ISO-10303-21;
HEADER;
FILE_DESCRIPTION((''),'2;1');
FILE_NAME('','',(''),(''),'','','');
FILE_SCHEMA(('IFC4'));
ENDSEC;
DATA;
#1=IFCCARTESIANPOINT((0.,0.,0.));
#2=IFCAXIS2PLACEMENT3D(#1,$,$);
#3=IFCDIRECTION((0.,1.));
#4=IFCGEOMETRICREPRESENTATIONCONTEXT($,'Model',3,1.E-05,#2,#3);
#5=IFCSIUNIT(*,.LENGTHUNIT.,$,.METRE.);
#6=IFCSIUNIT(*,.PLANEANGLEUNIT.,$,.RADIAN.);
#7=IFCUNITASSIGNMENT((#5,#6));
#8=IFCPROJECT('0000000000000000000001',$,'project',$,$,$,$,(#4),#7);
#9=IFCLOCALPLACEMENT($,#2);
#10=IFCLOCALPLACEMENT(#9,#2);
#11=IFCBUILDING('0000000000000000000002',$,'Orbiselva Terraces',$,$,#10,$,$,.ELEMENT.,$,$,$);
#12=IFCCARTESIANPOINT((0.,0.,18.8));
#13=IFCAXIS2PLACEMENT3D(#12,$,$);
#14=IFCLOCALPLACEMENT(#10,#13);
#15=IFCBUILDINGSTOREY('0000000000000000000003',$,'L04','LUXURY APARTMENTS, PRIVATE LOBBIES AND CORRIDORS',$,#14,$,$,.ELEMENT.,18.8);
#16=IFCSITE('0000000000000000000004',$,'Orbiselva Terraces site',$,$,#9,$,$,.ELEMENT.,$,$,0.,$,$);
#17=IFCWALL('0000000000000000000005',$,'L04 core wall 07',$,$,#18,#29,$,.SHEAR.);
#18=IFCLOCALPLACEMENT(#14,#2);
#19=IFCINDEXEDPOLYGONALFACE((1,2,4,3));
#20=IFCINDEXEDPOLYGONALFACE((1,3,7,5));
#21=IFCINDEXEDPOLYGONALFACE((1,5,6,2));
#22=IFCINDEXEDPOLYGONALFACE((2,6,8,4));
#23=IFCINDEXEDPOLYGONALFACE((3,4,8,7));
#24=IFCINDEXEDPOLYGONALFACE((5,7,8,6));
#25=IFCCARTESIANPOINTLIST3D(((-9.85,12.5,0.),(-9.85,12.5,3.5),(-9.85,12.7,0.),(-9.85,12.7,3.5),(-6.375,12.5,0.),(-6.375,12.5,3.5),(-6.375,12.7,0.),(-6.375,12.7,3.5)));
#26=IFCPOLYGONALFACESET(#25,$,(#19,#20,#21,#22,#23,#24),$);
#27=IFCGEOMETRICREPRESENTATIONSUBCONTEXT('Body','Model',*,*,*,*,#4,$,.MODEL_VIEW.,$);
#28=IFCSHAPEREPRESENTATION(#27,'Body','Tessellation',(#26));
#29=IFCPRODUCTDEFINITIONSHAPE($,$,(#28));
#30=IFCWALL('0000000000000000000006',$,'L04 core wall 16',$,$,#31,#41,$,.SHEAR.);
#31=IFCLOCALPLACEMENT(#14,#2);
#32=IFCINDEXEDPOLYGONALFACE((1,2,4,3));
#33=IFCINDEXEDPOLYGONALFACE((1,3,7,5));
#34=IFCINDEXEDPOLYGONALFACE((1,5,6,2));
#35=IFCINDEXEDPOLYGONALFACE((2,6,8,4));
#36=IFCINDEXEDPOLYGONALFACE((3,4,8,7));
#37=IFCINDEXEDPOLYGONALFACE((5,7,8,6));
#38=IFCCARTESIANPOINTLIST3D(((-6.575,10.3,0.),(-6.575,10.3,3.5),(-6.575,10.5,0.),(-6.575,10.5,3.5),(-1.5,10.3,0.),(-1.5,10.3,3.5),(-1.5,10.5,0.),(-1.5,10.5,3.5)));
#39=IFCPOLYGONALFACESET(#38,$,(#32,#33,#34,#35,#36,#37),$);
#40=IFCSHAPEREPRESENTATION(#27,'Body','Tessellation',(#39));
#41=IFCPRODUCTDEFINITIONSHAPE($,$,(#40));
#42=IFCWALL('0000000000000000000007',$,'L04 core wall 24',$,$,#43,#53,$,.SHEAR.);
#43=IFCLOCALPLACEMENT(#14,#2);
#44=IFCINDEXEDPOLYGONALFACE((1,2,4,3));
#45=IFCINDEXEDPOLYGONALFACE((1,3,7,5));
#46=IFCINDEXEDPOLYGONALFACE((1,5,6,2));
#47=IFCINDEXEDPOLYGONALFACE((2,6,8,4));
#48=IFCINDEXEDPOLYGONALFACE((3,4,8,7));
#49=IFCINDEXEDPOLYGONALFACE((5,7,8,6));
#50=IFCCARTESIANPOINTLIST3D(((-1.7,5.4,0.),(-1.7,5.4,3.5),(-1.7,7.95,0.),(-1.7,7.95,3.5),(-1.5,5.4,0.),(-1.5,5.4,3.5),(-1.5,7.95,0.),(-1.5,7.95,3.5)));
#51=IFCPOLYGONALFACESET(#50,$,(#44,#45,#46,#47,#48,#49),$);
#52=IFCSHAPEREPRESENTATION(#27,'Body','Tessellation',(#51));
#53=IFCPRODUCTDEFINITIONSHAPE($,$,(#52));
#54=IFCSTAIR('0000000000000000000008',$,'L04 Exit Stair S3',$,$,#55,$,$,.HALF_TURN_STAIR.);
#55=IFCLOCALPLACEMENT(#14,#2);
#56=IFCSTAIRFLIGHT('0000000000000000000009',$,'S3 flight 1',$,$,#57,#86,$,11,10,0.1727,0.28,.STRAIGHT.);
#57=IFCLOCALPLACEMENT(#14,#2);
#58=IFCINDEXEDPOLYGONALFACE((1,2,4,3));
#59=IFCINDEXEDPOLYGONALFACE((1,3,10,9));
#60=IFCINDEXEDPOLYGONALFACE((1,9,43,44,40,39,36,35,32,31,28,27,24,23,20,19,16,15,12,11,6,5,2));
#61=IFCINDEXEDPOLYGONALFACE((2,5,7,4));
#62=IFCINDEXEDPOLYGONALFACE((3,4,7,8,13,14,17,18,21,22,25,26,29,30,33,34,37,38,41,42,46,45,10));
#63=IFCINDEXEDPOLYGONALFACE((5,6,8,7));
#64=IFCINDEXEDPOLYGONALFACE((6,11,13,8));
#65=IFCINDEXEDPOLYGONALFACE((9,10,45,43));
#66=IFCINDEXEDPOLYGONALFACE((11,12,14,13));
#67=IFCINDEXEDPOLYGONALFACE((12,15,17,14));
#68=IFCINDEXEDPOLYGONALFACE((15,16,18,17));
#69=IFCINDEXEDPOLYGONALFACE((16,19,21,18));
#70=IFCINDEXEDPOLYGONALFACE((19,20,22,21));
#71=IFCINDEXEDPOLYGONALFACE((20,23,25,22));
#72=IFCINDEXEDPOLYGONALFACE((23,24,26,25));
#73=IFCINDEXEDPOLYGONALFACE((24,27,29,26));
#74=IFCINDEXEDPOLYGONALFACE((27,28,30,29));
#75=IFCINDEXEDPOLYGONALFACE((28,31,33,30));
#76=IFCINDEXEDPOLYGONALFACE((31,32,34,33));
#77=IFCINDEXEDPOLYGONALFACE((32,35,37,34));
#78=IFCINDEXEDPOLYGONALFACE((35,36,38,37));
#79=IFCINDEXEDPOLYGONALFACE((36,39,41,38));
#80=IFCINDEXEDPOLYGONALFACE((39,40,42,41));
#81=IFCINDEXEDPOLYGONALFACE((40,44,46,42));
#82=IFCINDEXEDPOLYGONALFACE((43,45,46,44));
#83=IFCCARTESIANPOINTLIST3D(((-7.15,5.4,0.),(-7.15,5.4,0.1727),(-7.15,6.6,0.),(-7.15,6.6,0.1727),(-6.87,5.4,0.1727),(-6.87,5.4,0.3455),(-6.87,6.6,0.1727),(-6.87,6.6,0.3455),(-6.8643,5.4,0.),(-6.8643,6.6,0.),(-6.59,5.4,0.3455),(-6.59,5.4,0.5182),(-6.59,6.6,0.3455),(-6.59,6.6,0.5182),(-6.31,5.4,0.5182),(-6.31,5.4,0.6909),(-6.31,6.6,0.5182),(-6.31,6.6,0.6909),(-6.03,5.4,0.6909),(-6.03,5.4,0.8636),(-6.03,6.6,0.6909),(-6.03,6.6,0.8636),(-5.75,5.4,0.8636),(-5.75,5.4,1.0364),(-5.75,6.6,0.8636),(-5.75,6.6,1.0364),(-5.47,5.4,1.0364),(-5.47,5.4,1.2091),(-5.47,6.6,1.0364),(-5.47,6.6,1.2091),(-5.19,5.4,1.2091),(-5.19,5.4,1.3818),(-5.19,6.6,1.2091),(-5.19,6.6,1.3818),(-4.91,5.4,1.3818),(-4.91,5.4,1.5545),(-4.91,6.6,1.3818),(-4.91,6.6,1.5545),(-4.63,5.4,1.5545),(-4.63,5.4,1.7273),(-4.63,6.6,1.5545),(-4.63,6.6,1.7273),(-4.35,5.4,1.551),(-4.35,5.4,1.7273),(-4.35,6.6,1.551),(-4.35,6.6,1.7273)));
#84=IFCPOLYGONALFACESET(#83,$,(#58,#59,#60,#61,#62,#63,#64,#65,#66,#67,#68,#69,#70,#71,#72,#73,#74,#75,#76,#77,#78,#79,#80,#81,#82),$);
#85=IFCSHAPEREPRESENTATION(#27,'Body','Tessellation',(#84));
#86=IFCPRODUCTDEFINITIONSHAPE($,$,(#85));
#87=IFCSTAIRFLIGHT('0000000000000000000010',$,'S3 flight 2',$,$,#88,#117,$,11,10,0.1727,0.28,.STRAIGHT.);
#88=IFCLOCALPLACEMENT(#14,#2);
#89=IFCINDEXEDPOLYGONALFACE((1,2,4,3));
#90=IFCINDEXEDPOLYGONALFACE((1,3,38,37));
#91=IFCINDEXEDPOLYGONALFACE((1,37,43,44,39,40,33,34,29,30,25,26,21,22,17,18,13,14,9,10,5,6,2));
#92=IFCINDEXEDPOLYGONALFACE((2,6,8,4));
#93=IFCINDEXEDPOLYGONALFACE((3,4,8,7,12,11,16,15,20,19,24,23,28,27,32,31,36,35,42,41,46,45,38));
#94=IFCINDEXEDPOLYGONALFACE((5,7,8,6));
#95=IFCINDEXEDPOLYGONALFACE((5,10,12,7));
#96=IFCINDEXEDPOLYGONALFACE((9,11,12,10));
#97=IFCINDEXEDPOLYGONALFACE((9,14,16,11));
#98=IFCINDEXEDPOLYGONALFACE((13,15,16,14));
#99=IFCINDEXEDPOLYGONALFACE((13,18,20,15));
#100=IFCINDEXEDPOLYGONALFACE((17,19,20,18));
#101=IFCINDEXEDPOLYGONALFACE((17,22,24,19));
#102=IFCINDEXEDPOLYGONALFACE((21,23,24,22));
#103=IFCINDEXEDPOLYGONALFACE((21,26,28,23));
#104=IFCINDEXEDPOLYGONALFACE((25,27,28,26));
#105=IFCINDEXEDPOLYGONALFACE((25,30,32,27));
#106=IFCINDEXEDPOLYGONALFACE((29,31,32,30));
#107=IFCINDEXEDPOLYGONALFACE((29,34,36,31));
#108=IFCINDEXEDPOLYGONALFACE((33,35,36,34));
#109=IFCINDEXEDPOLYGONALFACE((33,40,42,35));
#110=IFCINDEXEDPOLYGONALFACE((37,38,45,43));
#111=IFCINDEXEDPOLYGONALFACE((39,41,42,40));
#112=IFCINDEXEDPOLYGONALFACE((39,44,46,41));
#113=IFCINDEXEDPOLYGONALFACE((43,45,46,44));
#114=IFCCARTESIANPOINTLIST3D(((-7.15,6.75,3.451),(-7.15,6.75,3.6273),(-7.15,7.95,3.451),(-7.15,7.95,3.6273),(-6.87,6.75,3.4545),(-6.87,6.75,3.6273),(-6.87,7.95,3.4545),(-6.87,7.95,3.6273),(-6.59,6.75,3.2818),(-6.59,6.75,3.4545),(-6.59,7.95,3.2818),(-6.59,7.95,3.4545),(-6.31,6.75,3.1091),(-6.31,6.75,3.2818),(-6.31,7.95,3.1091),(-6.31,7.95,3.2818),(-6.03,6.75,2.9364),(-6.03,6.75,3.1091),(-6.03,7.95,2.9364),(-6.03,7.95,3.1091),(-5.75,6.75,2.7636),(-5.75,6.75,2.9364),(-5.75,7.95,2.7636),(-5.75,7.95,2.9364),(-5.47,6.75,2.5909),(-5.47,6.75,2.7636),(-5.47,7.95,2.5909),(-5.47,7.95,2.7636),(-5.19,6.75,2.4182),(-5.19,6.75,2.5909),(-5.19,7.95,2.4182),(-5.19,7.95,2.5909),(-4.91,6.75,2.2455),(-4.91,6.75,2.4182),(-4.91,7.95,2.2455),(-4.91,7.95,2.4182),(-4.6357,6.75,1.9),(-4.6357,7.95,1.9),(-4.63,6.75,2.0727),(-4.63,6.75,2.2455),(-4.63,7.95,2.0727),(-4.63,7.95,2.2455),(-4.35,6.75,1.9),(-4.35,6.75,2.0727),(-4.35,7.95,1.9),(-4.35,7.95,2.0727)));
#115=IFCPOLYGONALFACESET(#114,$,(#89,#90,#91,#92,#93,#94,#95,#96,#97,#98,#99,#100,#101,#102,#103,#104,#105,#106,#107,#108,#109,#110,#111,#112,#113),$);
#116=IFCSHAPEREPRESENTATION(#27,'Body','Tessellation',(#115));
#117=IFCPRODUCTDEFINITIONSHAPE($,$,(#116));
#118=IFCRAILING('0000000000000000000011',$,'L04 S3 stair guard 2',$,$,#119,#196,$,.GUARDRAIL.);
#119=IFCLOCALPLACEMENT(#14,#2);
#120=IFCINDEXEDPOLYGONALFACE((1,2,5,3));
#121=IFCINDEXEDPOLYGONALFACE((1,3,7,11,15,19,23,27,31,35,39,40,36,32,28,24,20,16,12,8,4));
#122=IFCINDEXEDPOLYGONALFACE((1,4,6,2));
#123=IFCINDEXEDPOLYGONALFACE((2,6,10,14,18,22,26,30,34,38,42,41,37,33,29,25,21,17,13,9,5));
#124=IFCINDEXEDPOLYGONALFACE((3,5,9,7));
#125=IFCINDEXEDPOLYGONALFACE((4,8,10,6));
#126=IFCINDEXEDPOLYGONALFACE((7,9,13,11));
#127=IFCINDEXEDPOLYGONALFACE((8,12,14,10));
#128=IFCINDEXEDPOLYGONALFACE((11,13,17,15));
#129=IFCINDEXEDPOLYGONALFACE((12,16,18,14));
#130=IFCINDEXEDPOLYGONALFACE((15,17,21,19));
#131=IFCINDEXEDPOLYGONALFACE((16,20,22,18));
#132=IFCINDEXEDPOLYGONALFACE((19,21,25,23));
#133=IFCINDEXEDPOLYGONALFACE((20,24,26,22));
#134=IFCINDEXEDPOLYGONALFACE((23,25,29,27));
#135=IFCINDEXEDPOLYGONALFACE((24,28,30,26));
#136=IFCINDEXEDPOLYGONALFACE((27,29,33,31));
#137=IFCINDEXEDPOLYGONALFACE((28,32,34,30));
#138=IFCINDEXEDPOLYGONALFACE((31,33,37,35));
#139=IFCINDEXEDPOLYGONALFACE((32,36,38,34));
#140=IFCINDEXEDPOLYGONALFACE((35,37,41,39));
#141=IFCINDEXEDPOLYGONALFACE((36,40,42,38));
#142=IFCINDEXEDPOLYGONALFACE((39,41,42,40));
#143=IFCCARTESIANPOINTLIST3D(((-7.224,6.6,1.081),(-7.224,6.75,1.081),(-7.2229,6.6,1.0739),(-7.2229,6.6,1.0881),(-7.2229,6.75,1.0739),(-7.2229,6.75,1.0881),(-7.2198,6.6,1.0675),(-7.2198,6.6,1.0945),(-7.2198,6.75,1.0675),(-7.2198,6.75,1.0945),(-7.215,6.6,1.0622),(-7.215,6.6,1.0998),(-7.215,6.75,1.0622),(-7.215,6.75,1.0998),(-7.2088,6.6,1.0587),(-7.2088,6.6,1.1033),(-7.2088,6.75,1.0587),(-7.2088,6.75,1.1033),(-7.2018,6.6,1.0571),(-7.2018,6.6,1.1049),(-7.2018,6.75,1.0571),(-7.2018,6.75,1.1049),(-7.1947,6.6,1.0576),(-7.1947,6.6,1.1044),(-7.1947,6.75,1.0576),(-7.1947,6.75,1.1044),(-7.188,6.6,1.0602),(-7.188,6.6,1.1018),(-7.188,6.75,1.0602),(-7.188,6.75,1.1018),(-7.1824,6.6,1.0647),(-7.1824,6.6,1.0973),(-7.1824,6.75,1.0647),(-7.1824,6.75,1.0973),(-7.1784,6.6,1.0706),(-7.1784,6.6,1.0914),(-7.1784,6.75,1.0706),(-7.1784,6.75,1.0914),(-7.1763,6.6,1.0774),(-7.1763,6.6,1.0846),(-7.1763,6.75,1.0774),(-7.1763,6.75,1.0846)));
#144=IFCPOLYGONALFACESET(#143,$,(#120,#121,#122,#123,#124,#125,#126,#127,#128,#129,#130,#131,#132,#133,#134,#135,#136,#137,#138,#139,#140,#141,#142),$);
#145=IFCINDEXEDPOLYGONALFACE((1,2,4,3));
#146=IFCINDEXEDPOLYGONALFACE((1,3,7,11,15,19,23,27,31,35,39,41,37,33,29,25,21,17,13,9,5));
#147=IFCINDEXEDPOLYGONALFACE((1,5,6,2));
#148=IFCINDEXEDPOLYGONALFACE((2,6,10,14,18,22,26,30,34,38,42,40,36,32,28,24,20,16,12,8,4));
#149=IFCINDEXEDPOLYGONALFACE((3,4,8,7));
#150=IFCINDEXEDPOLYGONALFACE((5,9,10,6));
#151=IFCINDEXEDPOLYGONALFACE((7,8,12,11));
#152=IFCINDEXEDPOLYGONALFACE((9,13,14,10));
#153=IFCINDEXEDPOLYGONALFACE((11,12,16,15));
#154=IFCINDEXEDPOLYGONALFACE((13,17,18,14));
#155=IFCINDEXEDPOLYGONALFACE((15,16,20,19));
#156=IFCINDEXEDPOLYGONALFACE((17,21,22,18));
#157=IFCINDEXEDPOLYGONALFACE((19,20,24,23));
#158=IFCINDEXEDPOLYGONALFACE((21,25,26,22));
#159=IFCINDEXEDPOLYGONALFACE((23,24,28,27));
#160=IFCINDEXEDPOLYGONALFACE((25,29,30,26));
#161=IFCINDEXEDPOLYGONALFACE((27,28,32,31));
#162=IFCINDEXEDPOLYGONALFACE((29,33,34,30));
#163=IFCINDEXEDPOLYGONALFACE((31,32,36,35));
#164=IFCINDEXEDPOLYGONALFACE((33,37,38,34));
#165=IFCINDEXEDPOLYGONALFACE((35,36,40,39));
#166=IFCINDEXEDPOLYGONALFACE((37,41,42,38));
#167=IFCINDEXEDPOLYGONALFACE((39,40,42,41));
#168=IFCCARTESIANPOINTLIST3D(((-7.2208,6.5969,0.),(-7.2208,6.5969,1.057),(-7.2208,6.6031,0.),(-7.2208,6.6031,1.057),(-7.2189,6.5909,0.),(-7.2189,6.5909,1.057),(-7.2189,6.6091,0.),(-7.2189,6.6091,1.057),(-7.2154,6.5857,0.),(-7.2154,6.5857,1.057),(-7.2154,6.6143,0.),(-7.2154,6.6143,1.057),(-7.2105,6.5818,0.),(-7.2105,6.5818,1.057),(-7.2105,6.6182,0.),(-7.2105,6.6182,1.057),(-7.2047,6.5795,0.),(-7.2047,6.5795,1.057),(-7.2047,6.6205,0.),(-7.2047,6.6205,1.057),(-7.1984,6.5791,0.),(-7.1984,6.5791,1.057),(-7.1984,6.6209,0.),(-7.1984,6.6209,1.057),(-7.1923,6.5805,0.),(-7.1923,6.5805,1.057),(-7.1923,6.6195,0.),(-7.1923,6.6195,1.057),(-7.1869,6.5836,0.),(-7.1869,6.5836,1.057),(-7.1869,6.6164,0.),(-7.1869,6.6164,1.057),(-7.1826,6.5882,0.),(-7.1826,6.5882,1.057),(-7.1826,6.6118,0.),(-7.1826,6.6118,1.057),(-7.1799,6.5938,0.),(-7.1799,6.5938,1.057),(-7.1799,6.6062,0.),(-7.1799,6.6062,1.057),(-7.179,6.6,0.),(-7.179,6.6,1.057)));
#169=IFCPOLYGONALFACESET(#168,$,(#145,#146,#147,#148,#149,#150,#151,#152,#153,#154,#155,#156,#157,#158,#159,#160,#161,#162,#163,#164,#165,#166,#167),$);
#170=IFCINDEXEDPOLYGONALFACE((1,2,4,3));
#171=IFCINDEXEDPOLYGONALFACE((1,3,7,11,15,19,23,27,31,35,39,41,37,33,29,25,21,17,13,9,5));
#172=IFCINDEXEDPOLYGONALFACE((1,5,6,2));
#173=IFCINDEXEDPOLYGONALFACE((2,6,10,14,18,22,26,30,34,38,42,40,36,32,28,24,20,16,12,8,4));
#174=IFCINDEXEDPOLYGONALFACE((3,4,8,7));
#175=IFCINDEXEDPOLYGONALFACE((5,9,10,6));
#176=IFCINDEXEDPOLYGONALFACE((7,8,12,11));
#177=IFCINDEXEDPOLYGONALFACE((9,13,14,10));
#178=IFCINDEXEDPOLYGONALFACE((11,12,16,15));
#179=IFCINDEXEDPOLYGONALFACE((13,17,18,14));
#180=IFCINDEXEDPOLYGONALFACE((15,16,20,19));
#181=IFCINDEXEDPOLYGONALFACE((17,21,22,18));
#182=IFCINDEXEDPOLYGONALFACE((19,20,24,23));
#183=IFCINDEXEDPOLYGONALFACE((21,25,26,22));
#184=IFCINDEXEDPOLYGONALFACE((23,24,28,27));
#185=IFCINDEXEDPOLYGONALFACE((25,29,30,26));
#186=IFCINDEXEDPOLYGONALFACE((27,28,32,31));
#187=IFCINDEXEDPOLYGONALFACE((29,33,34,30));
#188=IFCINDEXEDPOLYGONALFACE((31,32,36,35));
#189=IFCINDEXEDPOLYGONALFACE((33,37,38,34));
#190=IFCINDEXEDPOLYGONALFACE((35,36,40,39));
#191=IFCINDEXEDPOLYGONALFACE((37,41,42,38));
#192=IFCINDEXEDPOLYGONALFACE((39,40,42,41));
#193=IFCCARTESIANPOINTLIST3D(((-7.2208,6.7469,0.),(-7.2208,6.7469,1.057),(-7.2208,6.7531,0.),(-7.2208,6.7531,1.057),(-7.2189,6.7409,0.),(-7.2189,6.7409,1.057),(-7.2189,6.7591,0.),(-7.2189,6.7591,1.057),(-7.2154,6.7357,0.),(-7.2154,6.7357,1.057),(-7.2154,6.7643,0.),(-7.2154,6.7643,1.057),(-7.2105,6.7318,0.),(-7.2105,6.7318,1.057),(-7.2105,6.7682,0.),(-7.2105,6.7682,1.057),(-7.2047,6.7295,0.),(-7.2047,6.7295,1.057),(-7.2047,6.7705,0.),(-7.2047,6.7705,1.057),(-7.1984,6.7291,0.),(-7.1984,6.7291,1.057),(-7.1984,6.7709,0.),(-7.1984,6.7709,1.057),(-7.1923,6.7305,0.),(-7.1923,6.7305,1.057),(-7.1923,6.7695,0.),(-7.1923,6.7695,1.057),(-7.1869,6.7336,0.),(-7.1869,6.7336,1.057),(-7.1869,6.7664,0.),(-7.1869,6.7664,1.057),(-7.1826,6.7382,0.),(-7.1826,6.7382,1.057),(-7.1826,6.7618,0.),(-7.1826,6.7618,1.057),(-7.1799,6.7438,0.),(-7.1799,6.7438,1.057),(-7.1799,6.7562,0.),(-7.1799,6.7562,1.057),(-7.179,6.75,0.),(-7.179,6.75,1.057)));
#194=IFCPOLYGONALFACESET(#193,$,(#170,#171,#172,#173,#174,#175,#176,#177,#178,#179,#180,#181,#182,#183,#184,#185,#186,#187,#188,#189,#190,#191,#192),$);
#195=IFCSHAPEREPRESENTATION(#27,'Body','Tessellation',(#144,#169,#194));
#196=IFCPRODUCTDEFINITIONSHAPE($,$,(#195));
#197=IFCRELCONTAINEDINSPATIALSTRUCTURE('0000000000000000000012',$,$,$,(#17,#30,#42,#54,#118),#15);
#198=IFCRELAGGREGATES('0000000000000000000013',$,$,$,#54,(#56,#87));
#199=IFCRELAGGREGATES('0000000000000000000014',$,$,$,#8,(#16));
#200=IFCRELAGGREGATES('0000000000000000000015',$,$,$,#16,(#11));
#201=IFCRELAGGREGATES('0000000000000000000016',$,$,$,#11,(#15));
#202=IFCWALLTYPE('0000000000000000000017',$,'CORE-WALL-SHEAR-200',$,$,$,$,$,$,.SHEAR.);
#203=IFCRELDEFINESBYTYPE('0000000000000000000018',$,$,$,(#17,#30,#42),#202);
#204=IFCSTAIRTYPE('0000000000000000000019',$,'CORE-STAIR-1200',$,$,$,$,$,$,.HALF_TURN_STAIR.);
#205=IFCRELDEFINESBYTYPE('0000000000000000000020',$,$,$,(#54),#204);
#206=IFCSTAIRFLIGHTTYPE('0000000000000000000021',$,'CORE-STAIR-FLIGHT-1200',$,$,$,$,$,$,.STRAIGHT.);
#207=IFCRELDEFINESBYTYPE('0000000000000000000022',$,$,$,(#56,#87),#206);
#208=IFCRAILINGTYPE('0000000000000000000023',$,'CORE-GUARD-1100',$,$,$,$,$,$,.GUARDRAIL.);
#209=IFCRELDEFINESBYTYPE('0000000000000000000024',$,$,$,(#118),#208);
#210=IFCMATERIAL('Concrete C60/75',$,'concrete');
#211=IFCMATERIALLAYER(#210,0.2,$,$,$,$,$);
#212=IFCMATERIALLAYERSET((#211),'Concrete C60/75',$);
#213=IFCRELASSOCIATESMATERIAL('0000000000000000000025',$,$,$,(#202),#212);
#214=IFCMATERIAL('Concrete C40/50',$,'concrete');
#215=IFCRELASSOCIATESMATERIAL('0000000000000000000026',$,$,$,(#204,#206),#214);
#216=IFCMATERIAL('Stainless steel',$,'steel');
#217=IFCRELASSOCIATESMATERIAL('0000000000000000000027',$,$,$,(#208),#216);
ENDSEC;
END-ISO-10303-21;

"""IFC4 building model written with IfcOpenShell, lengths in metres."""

from ifc_helpers import new_model, si_unit, direction, frame, frame_2d, origin, origin_2d, place, context, subcontext, project, spatial, polyline, rectangle, circle, outline, extrude, material, layer, layer_set, type_object, element, aggregate, save


model = new_model("IFC4")

# Units and contexts
model_context = context("Model", 3, precision=1e-05, world=origin(), true_north=direction((0.0, 1.0)))
body_context = subcontext(model_context, "Body", "Model", "MODEL_VIEW")
ifc_project = project(units=[si_unit("LENGTHUNIT", "METRE"), si_unit("PLANEANGLEUNIT", "RADIAN")], contexts=[model_context])

# Site, building, storey
site_placement = place(None, origin())
site = spatial("IfcSite", under=ifc_project, at=site_placement, Name="Orbiselva Terraces site", CompositionType="ELEMENT", RefElevation=0.0)
building_placement = place(site_placement, origin())
building = spatial("IfcBuilding", under=site, at=building_placement, Name="Orbiselva Terraces", CompositionType="ELEMENT")
storey_placement = place(building_placement, frame((0.0, 0.0, 18.8)))
storey = spatial("IfcBuildingStorey", under=building, at=storey_placement, Name="L04", Description="LUXURY APARTMENTS, PRIVATE LOBBIES AND CORRIDORS", CompositionType="ELEMENT", Elevation=18.8)

# Walls
ifc_material_1 = material(Name="Concrete C60/75", Category="concrete")
ifc_layer_1 = layer(ifc_material_1, 0.2)
ifc_layer_set_1 = layer_set([ifc_layer_1], Name="Concrete C60/75")
wall_type_1 = type_object("IfcWallType", Name="CORE-WALL-SHEAR-200", PredefinedType="SHEAR", material=ifc_layer_set_1)
wall_1_placement = place(storey_placement, frame((-9.85, 12.6, 0.0), z_axis=(0.0, 0.0, 1.0), x_axis=(1.0, 0.0, 0.0)))
element("IfcWall", 1, at=wall_1_placement, inside=storey, type_object=wall_type_1, Name="L04 core wall 07", PredefinedType="SHEAR", context=body_context, shape_type="SweptSolid", body=[
    extrude(rectangle(XDim=3.475, YDim=0.2, at=frame_2d((1.7375, 0.0))), origin(), (0.0, 0.0, 1.0), 3.5),
])
wall_2_placement = place(storey_placement, frame((-6.575, 10.4, 0.0), z_axis=(0.0, 0.0, 1.0), x_axis=(1.0, 0.0, 0.0)))
element("IfcWall", 2, at=wall_2_placement, inside=storey, type_object=wall_type_1, Name="L04 core wall 16", PredefinedType="SHEAR", context=body_context, shape_type="SweptSolid", body=[
    extrude(rectangle(XDim=5.075, YDim=0.2, at=frame_2d((2.5375, 0.0))), origin(), (0.0, 0.0, 1.0), 3.5),
])
wall_3_placement = place(storey_placement, frame((-1.6, 5.4, 0.0), z_axis=(0.0, 0.0, 1.0), x_axis=(0.0, 1.0, 0.0)))
element("IfcWall", 3, at=wall_3_placement, inside=storey, type_object=wall_type_1, Name="L04 core wall 24", PredefinedType="SHEAR", context=body_context, shape_type="SweptSolid", body=[
    extrude(rectangle(XDim=2.55, YDim=0.2, at=frame_2d((1.275, 0.0))), origin(), (0.0, 0.0, 1.0), 3.5),
])

# Stair, stair flights
ifc_material_2 = material(Name="Concrete C40/50", Category="concrete")
stair_type = type_object("IfcStairType", Name="CORE-STAIR-1200", PredefinedType="HALF_TURN_STAIR", material=ifc_material_2)
stair_placement = place(storey_placement, origin())
stair = element("IfcStair", 4, at=stair_placement, inside=storey, type_object=stair_type, Name="L04 Exit Stair S3", PredefinedType="HALF_TURN_STAIR")
stair_flight_type = type_object("IfcStairFlightType", Name="CORE-STAIR-FLIGHT-1200", PredefinedType="STRAIGHT", material=ifc_material_2)
stair_flight_1_placement = place(storey_placement, frame((-7.15, 6.0, 0.0), z_axis=(0.0, 0.0, 1.0), x_axis=(1.0, 0.0, 0.0)))
stair_flight_1 = element("IfcStairFlight", 5, at=stair_flight_1_placement, type_object=stair_flight_type, Name="S3 flight 1", NumberOfRisers=11, NumberOfTreads=10, PredefinedType="STRAIGHT", RiserHeight=0.1727, TreadLength=0.28, context=body_context, shape_type="SweptSolid", body=[
    extrude(outline(polyline([(0.0, 0.0), (0.0, 0.1727), (0.28, 0.1727), (0.28, 0.3455), (0.56, 0.3455), (0.56, 0.5182), (0.84, 0.5182), (0.84, 0.6909), (1.12, 0.6909), (1.12, 0.8636), (1.4, 0.8636), (1.4, 1.0364), (1.68, 1.0364), (1.68, 1.2091), (1.96, 1.2091), (1.96, 1.3818), (2.24, 1.3818), (2.24, 1.5545), (2.52, 1.5545), (2.52, 1.7273), (2.8, 1.7273), (2.8, 1.9), (2.8, 1.551), (0.2857, 0.0), (0.0, 0.0)])), frame((0.0, 0.6, 0.0), z_axis=(0.0, -1.0, 0.0), x_axis=(1.0, 0.0, 0.0)), (0.0, 0.0, 1.0), 1.2),
])
stair_flight_2_placement = place(storey_placement, frame((-4.35, 7.35, 1.9), z_axis=(0.0, 0.0, 1.0), x_axis=(-1.0, 0.0, 0.0)))
stair_flight_2 = element("IfcStairFlight", 6, at=stair_flight_2_placement, type_object=stair_flight_type, Name="S3 flight 2", NumberOfRisers=11, NumberOfTreads=10, PredefinedType="STRAIGHT", RiserHeight=0.1727, TreadLength=0.28, context=body_context, shape_type="SweptSolid", body=[
    extrude(outline(polyline([(0.0, 0.0), (0.0, 0.1727), (0.28, 0.1727), (0.28, 0.3455), (0.56, 0.3455), (0.56, 0.5182), (0.84, 0.5182), (0.84, 0.6909), (1.12, 0.6909), (1.12, 0.8636), (1.4, 0.8636), (1.4, 1.0364), (1.68, 1.0364), (1.68, 1.2091), (1.96, 1.2091), (1.96, 1.3818), (2.24, 1.3818), (2.24, 1.5545), (2.52, 1.5545), (2.52, 1.7273), (2.8, 1.7273), (2.8, 1.9), (2.8, 1.551), (0.2857, 0.0), (0.0, 0.0)])), frame((0.0, 0.6, 0.0), z_axis=(0.0, -1.0, 0.0), x_axis=(1.0, 0.0, 0.0)), (0.0, 0.0, 1.0), 1.2),
])
aggregate(stair, [stair_flight_1, stair_flight_2])

# Railing
ifc_material_3 = material(Name="Stainless steel", Category="steel")
railing_type_1 = type_object("IfcRailingType", Name="CORE-GUARD-1100", PredefinedType="GUARDRAIL", material=ifc_material_3)
railing_1_placement = place(storey_placement, frame((-7.2, 6.6, 0.0)))
element("IfcRailing", 7, at=railing_1_placement, inside=storey, type_object=railing_type_1, Name="L04 S3 stair guard 2", PredefinedType="GUARDRAIL", context=body_context, shape_type="SweptSolid", body=[
    extrude(circle(Radius=0.024, at=origin_2d()), frame((0.0, 0.0, 1.081), z_axis=(0.0, 1.0, 0.0), x_axis=(-1.0, 0.0, 0.0)), (0.0, 0.0, 1.0), 0.15),
    extrude(circle(Radius=0.021, at=origin_2d()), origin(), (0.0, 0.0, 1.0), 1.057),
    extrude(circle(Radius=0.021, at=origin_2d()), frame((0.0, 0.15, 0.0)), (0.0, 0.0, 1.0), 1.057),
])

save(model, "model.ifc")
